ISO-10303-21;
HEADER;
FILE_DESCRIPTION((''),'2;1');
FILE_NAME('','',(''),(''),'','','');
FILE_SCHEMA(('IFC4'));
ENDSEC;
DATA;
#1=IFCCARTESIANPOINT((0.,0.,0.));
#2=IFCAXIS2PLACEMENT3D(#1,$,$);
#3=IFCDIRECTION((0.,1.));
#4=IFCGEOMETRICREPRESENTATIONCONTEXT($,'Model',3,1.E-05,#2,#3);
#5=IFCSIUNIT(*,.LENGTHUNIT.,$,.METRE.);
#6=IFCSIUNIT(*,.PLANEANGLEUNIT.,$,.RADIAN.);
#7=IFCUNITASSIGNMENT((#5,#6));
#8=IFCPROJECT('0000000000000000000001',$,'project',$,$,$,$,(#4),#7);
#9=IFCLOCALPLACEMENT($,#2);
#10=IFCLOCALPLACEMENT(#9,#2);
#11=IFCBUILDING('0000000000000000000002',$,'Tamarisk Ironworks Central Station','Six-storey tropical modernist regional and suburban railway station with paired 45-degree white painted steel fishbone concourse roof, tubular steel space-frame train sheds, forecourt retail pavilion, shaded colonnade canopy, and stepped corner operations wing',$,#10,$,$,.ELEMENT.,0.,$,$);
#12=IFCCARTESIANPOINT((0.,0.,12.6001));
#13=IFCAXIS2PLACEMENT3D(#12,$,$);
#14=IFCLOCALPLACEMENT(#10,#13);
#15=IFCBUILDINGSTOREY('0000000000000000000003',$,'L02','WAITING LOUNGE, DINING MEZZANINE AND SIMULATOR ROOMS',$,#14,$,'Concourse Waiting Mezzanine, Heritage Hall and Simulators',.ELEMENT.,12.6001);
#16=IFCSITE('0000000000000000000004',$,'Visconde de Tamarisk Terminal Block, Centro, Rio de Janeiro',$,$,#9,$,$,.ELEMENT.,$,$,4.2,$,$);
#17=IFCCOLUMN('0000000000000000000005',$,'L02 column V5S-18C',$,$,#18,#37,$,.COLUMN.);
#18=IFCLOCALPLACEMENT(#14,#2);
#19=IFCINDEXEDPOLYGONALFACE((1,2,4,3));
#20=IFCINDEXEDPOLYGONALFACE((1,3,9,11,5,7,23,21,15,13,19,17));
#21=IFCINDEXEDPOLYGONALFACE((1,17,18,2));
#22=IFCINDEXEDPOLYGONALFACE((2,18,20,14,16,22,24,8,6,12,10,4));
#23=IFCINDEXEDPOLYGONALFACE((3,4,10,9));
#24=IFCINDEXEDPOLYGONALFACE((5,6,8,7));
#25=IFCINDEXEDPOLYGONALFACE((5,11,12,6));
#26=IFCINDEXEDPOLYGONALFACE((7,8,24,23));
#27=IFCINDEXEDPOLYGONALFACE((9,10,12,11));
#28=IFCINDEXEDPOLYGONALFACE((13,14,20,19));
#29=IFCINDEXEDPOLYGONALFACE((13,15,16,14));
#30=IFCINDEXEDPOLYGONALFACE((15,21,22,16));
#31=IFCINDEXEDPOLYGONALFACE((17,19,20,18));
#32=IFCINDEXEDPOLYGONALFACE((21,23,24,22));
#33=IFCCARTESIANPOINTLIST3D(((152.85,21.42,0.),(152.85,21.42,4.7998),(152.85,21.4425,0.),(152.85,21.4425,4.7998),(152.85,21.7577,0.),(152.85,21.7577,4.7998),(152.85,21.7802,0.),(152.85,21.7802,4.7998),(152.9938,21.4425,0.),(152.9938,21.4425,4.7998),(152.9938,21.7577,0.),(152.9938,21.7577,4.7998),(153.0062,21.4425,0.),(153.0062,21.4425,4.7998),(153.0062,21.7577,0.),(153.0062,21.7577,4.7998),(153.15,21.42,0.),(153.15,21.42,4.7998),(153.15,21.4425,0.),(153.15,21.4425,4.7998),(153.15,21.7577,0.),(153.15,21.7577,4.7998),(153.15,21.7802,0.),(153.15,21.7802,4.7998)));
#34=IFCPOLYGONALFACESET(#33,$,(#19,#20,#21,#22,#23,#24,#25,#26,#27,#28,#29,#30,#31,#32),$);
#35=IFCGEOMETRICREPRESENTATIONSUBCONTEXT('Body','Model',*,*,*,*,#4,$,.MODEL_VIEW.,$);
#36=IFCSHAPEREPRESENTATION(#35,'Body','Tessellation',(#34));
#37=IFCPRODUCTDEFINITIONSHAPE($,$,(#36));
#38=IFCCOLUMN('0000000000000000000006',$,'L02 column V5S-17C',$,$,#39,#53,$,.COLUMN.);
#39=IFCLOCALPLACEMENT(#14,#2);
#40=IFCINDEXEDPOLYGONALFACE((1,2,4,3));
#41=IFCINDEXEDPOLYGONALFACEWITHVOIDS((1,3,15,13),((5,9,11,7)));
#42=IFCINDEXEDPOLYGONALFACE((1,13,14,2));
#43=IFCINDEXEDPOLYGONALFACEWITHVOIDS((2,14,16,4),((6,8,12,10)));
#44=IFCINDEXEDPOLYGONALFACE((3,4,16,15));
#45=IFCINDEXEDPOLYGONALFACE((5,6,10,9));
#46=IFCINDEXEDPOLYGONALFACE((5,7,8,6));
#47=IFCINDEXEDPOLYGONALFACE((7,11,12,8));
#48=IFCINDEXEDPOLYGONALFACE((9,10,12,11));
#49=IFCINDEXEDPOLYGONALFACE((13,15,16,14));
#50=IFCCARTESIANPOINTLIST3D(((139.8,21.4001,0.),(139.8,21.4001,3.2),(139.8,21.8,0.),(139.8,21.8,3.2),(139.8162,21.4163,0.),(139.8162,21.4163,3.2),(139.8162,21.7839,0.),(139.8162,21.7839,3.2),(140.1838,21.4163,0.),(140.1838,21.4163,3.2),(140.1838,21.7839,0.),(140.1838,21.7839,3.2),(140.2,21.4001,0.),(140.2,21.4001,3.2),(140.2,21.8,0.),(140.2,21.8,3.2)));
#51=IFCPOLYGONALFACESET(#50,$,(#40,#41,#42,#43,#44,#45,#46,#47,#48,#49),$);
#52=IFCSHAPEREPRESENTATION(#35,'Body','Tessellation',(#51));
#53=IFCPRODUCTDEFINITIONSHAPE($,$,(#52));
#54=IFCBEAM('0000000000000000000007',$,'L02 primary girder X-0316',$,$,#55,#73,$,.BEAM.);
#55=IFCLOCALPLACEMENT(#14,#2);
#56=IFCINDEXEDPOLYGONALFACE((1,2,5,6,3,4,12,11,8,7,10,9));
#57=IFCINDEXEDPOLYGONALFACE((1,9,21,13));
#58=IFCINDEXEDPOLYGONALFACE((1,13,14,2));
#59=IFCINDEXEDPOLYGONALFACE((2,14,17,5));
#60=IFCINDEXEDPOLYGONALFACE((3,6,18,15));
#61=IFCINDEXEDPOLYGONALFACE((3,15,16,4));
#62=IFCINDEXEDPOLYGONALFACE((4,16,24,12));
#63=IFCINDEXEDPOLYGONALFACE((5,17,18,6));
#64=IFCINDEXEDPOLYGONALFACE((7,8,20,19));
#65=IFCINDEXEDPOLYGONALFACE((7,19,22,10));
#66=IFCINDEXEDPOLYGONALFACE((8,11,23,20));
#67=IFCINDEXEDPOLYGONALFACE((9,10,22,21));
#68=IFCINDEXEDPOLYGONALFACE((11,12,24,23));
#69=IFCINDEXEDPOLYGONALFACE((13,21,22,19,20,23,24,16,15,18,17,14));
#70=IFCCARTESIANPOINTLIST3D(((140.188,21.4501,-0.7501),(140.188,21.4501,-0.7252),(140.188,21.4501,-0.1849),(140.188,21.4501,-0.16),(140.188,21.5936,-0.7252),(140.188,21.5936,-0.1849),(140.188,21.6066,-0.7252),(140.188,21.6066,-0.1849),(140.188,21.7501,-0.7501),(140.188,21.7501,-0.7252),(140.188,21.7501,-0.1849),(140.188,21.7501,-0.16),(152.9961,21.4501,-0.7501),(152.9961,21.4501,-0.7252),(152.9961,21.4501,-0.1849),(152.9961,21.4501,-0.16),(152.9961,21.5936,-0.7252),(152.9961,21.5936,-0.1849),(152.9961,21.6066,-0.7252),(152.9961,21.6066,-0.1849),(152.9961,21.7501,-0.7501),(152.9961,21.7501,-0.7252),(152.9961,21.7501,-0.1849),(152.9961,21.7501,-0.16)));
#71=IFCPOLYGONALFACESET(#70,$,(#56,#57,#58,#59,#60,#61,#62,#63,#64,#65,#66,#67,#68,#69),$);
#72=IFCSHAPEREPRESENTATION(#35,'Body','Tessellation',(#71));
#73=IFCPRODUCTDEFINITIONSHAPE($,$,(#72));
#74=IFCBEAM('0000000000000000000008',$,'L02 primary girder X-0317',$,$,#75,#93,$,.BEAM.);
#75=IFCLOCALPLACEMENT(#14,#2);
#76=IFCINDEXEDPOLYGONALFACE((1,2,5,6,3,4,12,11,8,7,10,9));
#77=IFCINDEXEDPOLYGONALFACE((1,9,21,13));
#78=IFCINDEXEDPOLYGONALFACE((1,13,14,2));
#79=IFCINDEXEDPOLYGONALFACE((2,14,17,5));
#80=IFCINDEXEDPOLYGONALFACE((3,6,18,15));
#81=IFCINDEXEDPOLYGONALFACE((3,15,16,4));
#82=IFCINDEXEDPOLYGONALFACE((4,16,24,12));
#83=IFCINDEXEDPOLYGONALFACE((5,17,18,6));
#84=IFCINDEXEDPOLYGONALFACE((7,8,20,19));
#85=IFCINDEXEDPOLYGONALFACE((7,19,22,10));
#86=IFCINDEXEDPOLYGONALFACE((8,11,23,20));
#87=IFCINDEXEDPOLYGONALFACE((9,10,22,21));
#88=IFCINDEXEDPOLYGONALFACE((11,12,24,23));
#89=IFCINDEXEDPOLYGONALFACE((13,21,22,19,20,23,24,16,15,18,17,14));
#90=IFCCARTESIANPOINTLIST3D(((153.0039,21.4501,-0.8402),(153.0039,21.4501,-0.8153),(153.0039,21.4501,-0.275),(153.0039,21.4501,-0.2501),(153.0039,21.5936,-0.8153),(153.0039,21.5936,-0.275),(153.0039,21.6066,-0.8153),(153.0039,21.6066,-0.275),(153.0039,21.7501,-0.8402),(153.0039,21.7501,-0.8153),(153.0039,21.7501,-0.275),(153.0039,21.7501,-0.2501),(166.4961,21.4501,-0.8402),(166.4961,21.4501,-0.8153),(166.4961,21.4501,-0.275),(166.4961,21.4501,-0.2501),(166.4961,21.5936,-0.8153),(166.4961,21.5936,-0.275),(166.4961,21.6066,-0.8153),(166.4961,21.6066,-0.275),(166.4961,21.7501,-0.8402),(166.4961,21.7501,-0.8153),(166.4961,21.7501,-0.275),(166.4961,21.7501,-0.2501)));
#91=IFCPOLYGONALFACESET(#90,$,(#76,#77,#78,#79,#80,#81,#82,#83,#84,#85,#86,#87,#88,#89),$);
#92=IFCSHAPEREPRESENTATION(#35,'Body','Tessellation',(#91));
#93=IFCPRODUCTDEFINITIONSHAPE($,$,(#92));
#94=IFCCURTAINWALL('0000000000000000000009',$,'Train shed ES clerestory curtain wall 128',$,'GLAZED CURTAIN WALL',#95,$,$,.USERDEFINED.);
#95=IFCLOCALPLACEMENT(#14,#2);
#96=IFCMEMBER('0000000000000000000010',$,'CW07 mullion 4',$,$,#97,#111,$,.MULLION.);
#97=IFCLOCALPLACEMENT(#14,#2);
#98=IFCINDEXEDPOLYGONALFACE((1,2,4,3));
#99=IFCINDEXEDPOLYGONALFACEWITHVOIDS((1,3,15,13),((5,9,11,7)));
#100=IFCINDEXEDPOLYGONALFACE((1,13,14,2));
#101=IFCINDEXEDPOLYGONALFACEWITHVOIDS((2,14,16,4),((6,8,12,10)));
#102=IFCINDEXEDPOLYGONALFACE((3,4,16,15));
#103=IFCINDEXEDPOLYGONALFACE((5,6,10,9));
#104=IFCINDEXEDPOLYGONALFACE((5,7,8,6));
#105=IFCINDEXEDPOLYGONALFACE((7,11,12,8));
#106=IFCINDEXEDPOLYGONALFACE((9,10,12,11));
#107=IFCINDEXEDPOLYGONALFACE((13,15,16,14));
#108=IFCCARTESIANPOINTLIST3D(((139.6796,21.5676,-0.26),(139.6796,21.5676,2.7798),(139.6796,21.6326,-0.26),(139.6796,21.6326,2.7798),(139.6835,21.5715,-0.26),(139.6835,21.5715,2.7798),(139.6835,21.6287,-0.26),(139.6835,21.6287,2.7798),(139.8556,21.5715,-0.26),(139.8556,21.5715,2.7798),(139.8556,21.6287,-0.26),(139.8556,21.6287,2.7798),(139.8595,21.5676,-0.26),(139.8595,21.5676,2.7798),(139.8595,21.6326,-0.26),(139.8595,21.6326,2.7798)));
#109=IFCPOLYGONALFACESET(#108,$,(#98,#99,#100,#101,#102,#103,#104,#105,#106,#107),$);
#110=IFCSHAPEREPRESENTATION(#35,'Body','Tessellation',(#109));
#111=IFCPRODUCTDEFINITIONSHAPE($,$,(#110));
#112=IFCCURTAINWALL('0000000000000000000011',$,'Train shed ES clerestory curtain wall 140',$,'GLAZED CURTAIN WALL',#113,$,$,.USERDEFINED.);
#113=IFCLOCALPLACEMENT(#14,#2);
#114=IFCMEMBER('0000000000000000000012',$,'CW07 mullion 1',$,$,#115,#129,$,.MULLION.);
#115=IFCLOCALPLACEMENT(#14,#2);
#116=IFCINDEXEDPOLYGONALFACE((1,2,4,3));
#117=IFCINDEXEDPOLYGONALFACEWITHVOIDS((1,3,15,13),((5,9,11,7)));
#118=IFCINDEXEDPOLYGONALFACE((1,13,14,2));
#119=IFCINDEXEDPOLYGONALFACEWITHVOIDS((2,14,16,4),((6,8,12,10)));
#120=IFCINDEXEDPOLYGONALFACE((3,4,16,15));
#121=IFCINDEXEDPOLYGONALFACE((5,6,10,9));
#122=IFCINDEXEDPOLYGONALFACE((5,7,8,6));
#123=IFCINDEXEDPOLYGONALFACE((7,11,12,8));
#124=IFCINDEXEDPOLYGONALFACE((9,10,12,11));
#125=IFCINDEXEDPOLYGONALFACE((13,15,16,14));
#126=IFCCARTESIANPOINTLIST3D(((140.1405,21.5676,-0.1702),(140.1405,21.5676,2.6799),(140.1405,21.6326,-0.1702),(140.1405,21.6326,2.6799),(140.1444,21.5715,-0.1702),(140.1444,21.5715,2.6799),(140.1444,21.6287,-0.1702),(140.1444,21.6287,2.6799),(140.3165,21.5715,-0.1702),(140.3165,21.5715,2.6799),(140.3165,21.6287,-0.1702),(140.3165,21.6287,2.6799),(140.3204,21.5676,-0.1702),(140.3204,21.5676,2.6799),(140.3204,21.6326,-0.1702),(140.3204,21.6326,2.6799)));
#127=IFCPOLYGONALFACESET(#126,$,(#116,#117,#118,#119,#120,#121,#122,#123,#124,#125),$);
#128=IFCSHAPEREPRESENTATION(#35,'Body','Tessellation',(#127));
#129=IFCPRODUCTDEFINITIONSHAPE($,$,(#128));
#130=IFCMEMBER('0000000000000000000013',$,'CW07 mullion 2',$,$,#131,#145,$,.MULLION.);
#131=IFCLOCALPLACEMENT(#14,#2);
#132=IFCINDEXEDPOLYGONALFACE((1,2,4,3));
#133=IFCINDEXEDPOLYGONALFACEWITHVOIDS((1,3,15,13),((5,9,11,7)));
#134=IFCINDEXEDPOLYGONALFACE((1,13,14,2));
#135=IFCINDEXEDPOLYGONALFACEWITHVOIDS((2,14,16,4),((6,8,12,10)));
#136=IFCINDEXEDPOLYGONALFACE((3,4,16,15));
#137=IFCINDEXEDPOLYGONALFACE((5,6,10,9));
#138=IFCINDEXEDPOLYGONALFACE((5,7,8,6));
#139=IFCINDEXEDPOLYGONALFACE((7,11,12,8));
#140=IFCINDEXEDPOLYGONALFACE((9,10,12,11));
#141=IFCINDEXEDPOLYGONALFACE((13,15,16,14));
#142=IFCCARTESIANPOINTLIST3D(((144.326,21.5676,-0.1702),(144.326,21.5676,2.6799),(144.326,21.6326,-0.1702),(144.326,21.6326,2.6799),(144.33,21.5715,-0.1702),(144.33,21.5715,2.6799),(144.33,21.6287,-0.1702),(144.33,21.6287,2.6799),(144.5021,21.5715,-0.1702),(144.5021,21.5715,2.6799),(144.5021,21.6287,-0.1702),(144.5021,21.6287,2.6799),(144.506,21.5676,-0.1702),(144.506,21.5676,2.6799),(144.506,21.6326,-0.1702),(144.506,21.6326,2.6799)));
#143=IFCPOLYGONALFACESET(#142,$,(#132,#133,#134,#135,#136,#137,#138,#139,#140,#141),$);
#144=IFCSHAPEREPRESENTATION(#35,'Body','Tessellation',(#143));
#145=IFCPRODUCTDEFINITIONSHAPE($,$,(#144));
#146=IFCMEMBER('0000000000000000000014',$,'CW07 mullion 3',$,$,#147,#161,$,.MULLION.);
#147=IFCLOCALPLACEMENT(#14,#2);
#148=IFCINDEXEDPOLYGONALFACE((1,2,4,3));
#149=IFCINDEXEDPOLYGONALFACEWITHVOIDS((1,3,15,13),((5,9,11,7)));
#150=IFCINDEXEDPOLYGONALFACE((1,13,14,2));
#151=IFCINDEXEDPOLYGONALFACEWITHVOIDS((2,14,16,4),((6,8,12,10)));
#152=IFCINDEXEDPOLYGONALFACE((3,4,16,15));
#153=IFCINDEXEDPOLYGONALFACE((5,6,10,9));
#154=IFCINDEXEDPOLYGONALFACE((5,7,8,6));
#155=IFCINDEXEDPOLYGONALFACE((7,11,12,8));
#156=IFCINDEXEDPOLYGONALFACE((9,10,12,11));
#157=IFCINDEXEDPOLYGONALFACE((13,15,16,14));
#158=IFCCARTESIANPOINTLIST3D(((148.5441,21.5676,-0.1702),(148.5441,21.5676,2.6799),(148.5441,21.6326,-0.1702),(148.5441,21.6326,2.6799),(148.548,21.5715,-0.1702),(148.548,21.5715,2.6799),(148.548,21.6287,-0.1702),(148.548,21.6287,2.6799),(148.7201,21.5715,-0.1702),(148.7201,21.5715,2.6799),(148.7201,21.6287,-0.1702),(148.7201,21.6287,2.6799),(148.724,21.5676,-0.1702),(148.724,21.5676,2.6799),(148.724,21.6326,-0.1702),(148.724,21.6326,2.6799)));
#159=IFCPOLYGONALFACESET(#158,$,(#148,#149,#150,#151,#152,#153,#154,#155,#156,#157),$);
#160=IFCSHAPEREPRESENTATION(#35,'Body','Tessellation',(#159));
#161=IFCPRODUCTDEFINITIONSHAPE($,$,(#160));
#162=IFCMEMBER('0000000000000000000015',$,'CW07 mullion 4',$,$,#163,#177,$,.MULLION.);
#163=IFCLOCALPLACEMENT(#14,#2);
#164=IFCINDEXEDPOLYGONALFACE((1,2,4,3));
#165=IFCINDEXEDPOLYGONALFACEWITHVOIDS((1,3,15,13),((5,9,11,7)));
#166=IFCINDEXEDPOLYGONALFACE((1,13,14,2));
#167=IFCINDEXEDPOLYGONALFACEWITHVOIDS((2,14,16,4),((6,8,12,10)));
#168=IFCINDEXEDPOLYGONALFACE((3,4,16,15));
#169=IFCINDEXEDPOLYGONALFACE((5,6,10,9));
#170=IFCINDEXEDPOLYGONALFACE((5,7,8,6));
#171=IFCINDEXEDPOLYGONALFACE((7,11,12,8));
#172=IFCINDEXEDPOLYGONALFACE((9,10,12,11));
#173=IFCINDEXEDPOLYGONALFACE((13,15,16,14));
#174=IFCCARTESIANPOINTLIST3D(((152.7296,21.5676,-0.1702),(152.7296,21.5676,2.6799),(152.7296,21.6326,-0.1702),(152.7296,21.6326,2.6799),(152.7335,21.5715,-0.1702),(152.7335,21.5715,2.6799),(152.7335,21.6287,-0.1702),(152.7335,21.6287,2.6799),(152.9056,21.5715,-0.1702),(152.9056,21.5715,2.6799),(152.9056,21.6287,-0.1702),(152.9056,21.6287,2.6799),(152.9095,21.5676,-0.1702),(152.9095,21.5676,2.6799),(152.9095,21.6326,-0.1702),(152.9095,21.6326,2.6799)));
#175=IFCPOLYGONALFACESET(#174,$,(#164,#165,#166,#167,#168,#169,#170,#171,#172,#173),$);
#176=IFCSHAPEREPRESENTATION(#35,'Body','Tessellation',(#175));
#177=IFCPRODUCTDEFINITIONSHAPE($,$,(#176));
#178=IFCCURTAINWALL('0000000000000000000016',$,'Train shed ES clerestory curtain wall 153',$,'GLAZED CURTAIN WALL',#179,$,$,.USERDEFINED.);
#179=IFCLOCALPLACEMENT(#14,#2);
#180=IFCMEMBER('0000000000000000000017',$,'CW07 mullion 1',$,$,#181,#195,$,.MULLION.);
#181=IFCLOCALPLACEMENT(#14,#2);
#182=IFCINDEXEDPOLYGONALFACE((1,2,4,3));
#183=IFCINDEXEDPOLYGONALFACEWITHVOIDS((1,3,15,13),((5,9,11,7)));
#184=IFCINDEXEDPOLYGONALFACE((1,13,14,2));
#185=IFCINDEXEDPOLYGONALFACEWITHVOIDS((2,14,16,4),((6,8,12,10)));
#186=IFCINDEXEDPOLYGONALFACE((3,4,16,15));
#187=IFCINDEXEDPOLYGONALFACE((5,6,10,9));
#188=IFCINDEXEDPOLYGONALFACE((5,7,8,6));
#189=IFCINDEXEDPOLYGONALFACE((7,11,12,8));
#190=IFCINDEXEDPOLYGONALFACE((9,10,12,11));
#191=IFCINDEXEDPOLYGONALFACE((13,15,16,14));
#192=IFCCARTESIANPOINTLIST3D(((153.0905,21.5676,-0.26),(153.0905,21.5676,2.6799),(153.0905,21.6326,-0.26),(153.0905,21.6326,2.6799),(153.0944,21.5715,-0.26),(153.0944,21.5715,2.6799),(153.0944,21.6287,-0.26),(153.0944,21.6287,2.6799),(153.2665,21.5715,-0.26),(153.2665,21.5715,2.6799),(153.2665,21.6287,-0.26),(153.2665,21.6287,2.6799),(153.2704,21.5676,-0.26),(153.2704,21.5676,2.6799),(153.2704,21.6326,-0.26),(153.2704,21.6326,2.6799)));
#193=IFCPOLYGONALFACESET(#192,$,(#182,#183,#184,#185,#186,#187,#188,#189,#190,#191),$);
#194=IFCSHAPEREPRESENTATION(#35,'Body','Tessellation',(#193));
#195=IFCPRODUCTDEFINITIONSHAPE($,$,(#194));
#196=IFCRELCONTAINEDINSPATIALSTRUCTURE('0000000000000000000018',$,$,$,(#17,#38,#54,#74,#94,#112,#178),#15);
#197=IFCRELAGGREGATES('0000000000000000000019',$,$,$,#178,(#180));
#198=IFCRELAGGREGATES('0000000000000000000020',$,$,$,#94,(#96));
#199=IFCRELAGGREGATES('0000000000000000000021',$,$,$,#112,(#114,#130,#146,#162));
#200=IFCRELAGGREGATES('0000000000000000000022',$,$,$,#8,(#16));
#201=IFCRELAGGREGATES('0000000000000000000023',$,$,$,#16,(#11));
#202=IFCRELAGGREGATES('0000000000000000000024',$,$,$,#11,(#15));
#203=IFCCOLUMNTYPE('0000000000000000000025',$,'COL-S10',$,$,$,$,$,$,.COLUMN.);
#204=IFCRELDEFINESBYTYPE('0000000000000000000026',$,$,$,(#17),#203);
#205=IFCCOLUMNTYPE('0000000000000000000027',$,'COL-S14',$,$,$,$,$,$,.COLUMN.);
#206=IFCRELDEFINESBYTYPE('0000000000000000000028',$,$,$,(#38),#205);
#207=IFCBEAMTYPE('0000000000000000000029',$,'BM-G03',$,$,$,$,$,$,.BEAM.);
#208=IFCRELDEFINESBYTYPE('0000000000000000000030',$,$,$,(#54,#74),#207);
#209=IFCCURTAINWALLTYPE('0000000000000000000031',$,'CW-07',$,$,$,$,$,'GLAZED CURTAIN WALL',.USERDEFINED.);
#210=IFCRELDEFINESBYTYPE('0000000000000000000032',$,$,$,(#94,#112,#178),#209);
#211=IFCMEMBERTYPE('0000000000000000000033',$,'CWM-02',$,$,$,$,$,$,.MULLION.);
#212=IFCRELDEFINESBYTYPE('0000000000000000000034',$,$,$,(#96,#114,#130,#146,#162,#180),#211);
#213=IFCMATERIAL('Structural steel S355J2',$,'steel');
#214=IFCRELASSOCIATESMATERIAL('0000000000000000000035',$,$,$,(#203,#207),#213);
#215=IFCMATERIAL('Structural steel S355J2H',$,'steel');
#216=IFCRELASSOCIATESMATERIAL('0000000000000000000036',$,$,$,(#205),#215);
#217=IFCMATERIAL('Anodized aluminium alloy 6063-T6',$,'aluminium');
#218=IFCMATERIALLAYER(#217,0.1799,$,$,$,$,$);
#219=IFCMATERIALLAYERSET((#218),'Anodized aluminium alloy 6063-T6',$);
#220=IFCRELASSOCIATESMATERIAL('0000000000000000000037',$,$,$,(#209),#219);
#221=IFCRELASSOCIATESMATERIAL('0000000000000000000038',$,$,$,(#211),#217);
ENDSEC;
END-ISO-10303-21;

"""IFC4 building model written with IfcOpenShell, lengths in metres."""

from ifc_helpers import new_model, si_unit, direction, frame, origin, origin_2d, place, context, subcontext, project, spatial, hollow_rectangle, i_section, extrude, material, layer, layer_set, material_profile, profile_set, type_object, element, aggregate, save


model = new_model("IFC4")

# Units and contexts
model_context = context("Model", 3, precision=1e-05, world=origin(), true_north=direction((0.0, 1.0)))
body_context = subcontext(model_context, "Body", "Model", "MODEL_VIEW")
ifc_project = project(units=[si_unit("LENGTHUNIT", "METRE"), si_unit("PLANEANGLEUNIT", "RADIAN")], contexts=[model_context])

# Site, building, storey
site_placement = place(None, origin())
site = spatial("IfcSite", under=ifc_project, at=site_placement, Name="Visconde de Tamarisk Terminal Block, Centro, Rio de Janeiro", CompositionType="ELEMENT", RefElevation=4.2)
building_placement = place(site_placement, origin())
building = spatial("IfcBuilding", under=site, at=building_placement, Name="Tamarisk Ironworks Central Station", Description="Six-storey tropical modernist regional and suburban railway station with paired 45-degree white painted steel fishbone concourse roof, tubular steel space-frame train sheds, forecourt retail pavilion, shaded colonnade canopy, and stepped corner operations wing", CompositionType="ELEMENT", ElevationOfRefHeight=0.0)
storey_placement = place(building_placement, frame((0.0, 0.0, 12.6001)))
storey = spatial("IfcBuildingStorey", under=building, at=storey_placement, Name="L02", Description="WAITING LOUNGE, DINING MEZZANINE AND SIMULATOR ROOMS", LongName="Concourse Waiting Mezzanine, Heritage Hall and Simulators", CompositionType="ELEMENT", Elevation=12.6001)

# Columns
ifc_material_1 = material(Name="Structural steel S355J2", Category="steel")
ifc_material_profile_1 = material_profile(ifc_material_1, i_section(OverallWidth=0.3, OverallDepth=0.3601, WebThickness=0.0125, FlangeThickness=0.0225, at=origin_2d()), Name="HEB 360")
ifc_profile_set_1 = profile_set([ifc_material_profile_1], Name="Structural steel S355J2")
column_type_1 = type_object("IfcColumnType", Name="COL-S10", PredefinedType="COLUMN", material=ifc_profile_set_1)
column_1_placement = place(storey_placement, frame((153.0, 21.6001, 0.0), z_axis=(0.0, 0.0, 1.0), x_axis=(1.0, 0.0, 0.0)))
element("IfcColumn", 1, at=column_1_placement, inside=storey, type_object=column_type_1, Name="L02 column V5S-18C", PredefinedType="COLUMN", context=body_context, shape_type="SweptSolid", body=[
    extrude(i_section(OverallWidth=0.3, OverallDepth=0.3601, WebThickness=0.0125, FlangeThickness=0.0225, at=origin_2d()), origin(), (0.0, 0.0, 1.0), 4.7998),
])
ifc_material_2 = material(Name="Structural steel S355J2H", Category="steel")
ifc_material_profile_2 = material_profile(ifc_material_2, hollow_rectangle(XDim=0.3999, YDim=0.3999, WallThickness=0.0161, at=origin_2d()), Name="SHS 400x400x16")
ifc_profile_set_2 = profile_set([ifc_material_profile_2], Name="Structural steel S355J2H")
column_type_2 = type_object("IfcColumnType", Name="COL-S14", PredefinedType="COLUMN", material=ifc_profile_set_2)
column_2_placement = place(storey_placement, frame((140.0, 21.6001, 0.0), z_axis=(0.0, 0.0, 1.0), x_axis=(1.0, 0.0, 0.0)))
element("IfcColumn", 2, at=column_2_placement, inside=storey, type_object=column_type_2, Name="L02 column V5S-17C", PredefinedType="COLUMN", context=body_context, shape_type="SweptSolid", body=[
    extrude(hollow_rectangle(XDim=0.3999, YDim=0.3999, WallThickness=0.0161, at=origin_2d()), origin(), (0.0, 0.0, 1.0), 3.2),
])

# Beams
ifc_material_profile_3 = material_profile(ifc_material_1, i_section(OverallWidth=0.3, OverallDepth=0.5901, WebThickness=0.0129, FlangeThickness=0.0249, at=origin_2d()), Name="HEA 600")
ifc_profile_set_3 = profile_set([ifc_material_profile_3], Name="Structural steel S355J2")
beam_type = type_object("IfcBeamType", Name="BM-G03", PredefinedType="BEAM", material=ifc_profile_set_3)
beam_1_placement = place(storey_placement, frame((140.188, 21.6001, -0.4551), z_axis=(1.0, 0.0, 0.0), x_axis=(0.0, 1.0, 0.0)))
element("IfcBeam", 3, at=beam_1_placement, inside=storey, type_object=beam_type, Name="L02 primary girder X-0316", PredefinedType="BEAM", context=body_context, shape_type="SweptSolid", body=[
    extrude(i_section(OverallWidth=0.3, OverallDepth=0.5901, WebThickness=0.0129, FlangeThickness=0.0249, at=origin_2d()), origin(), (0.0, 0.0, 1.0), 12.8081),
])
beam_2_placement = place(storey_placement, frame((153.0039, 21.6001, -0.5452), z_axis=(1.0, 0.0, 0.0), x_axis=(0.0, 1.0, 0.0)))
element("IfcBeam", 4, at=beam_2_placement, inside=storey, type_object=beam_type, Name="L02 primary girder X-0317", PredefinedType="BEAM", context=body_context, shape_type="SweptSolid", body=[
    extrude(i_section(OverallWidth=0.3, OverallDepth=0.5901, WebThickness=0.0129, FlangeThickness=0.0249, at=origin_2d()), origin(), (0.0, 0.0, 1.0), 13.4922),
])

# Curtain wall, member
ifc_material_3 = material(Name="Anodized aluminium alloy 6063-T6", Category="aluminium")
ifc_layer_1 = layer(ifc_material_3, 0.1799)
ifc_layer_set_1 = layer_set([ifc_layer_1], Name="Anodized aluminium alloy 6063-T6")
curtain_wall_type = type_object("IfcCurtainWallType", Name="CW-07", ElementType="GLAZED CURTAIN WALL", PredefinedType="USERDEFINED", material=ifc_layer_set_1)
curtain_wall_1_placement = place(storey_placement, origin())
curtain_wall_1 = element("IfcCurtainWall", 5, at=curtain_wall_1_placement, inside=storey, type_object=curtain_wall_type, Name="Train shed ES clerestory curtain wall 128", ObjectType="GLAZED CURTAIN WALL", PredefinedType="USERDEFINED")
ifc_material_profile_4 = material_profile(ifc_material_3, hollow_rectangle(XDim=0.0649, YDim=0.1799, WallThickness=0.0039, at=origin_2d()), Name="ALUM 180x65")
ifc_profile_set_4 = profile_set([ifc_material_profile_4], Name="Anodized aluminium alloy 6063-T6")
member_type_1 = type_object("IfcMemberType", Name="CWM-02", PredefinedType="MULLION", material=ifc_profile_set_4)
member_1_placement = place(storey_placement, frame((139.7695, 21.6001, -0.26), z_axis=(0.0, 0.0, 1.0), x_axis=(0.0, 1.0, 0.0)))
member_1 = element("IfcMember", 6, at=member_1_placement, type_object=member_type_1, Name="CW07 mullion 4", PredefinedType="MULLION", context=body_context, shape_type="SweptSolid", body=[
    extrude(hollow_rectangle(XDim=0.0649, YDim=0.1799, WallThickness=0.0039, at=origin_2d()), origin(), (0.0, 0.0, 1.0), 3.0398),
])

# Curtain wall, members
curtain_wall_2_placement = place(storey_placement, origin())
curtain_wall_2 = element("IfcCurtainWall", 7, at=curtain_wall_2_placement, inside=storey, type_object=curtain_wall_type, Name="Train shed ES clerestory curtain wall 140", ObjectType="GLAZED CURTAIN WALL", PredefinedType="USERDEFINED")
member_2_placement = place(storey_placement, frame((140.2305, 21.6001, -0.1702), z_axis=(0.0, 0.0, 1.0), x_axis=(0.0, 1.0, 0.0)))
member_2 = element("IfcMember", 8, at=member_2_placement, type_object=member_type_1, Name="CW07 mullion 1", PredefinedType="MULLION", context=body_context, shape_type="SweptSolid", body=[
    extrude(hollow_rectangle(XDim=0.0649, YDim=0.1799, WallThickness=0.0039, at=origin_2d()), origin(), (0.0, 0.0, 1.0), 2.8501),
])
member_3_placement = place(storey_placement, frame((144.416, 21.6001, -0.1702), z_axis=(0.0, 0.0, 1.0), x_axis=(0.0, 1.0, 0.0)))
member_3 = element("IfcMember", 9, at=member_3_placement, type_object=member_type_1, Name="CW07 mullion 2", PredefinedType="MULLION", context=body_context, shape_type="SweptSolid", body=[
    extrude(hollow_rectangle(XDim=0.0649, YDim=0.1799, WallThickness=0.0039, at=origin_2d()), origin(), (0.0, 0.0, 1.0), 2.8501),
])
member_4_placement = place(storey_placement, frame((148.634, 21.6001, -0.1702), z_axis=(0.0, 0.0, 1.0), x_axis=(0.0, 1.0, 0.0)))
member_4 = element("IfcMember", 10, at=member_4_placement, type_object=member_type_1, Name="CW07 mullion 3", PredefinedType="MULLION", context=body_context, shape_type="SweptSolid", body=[
    extrude(hollow_rectangle(XDim=0.0649, YDim=0.1799, WallThickness=0.0039, at=origin_2d()), origin(), (0.0, 0.0, 1.0), 2.8501),
])
member_5_placement = place(storey_placement, frame((152.8196, 21.6001, -0.1702), z_axis=(0.0, 0.0, 1.0), x_axis=(0.0, 1.0, 0.0)))
member_5 = element("IfcMember", 11, at=member_5_placement, type_object=member_type_1, Name="CW07 mullion 4", PredefinedType="MULLION", context=body_context, shape_type="SweptSolid", body=[
    extrude(hollow_rectangle(XDim=0.0649, YDim=0.1799, WallThickness=0.0039, at=origin_2d()), origin(), (0.0, 0.0, 1.0), 2.8501),
])

# Curtain wall, member
curtain_wall_3_placement = place(storey_placement, origin())
curtain_wall_3 = element("IfcCurtainWall", 12, at=curtain_wall_3_placement, inside=storey, type_object=curtain_wall_type, Name="Train shed ES clerestory curtain wall 153", ObjectType="GLAZED CURTAIN WALL", PredefinedType="USERDEFINED")
member_6_placement = place(storey_placement, frame((153.1804, 21.6001, -0.26), z_axis=(0.0, 0.0, 1.0), x_axis=(0.0, 1.0, 0.0)))
member_6 = element("IfcMember", 13, at=member_6_placement, type_object=member_type_1, Name="CW07 mullion 1", PredefinedType="MULLION", context=body_context, shape_type="SweptSolid", body=[
    extrude(hollow_rectangle(XDim=0.0649, YDim=0.1799, WallThickness=0.0039, at=origin_2d()), origin(), (0.0, 0.0, 1.0), 2.9399),
])

aggregate(curtain_wall_3, [member_6])

aggregate(curtain_wall_1, [member_1])
aggregate(curtain_wall_2, [member_2, member_3, member_4, member_5])

save(model, "model.ifc")
